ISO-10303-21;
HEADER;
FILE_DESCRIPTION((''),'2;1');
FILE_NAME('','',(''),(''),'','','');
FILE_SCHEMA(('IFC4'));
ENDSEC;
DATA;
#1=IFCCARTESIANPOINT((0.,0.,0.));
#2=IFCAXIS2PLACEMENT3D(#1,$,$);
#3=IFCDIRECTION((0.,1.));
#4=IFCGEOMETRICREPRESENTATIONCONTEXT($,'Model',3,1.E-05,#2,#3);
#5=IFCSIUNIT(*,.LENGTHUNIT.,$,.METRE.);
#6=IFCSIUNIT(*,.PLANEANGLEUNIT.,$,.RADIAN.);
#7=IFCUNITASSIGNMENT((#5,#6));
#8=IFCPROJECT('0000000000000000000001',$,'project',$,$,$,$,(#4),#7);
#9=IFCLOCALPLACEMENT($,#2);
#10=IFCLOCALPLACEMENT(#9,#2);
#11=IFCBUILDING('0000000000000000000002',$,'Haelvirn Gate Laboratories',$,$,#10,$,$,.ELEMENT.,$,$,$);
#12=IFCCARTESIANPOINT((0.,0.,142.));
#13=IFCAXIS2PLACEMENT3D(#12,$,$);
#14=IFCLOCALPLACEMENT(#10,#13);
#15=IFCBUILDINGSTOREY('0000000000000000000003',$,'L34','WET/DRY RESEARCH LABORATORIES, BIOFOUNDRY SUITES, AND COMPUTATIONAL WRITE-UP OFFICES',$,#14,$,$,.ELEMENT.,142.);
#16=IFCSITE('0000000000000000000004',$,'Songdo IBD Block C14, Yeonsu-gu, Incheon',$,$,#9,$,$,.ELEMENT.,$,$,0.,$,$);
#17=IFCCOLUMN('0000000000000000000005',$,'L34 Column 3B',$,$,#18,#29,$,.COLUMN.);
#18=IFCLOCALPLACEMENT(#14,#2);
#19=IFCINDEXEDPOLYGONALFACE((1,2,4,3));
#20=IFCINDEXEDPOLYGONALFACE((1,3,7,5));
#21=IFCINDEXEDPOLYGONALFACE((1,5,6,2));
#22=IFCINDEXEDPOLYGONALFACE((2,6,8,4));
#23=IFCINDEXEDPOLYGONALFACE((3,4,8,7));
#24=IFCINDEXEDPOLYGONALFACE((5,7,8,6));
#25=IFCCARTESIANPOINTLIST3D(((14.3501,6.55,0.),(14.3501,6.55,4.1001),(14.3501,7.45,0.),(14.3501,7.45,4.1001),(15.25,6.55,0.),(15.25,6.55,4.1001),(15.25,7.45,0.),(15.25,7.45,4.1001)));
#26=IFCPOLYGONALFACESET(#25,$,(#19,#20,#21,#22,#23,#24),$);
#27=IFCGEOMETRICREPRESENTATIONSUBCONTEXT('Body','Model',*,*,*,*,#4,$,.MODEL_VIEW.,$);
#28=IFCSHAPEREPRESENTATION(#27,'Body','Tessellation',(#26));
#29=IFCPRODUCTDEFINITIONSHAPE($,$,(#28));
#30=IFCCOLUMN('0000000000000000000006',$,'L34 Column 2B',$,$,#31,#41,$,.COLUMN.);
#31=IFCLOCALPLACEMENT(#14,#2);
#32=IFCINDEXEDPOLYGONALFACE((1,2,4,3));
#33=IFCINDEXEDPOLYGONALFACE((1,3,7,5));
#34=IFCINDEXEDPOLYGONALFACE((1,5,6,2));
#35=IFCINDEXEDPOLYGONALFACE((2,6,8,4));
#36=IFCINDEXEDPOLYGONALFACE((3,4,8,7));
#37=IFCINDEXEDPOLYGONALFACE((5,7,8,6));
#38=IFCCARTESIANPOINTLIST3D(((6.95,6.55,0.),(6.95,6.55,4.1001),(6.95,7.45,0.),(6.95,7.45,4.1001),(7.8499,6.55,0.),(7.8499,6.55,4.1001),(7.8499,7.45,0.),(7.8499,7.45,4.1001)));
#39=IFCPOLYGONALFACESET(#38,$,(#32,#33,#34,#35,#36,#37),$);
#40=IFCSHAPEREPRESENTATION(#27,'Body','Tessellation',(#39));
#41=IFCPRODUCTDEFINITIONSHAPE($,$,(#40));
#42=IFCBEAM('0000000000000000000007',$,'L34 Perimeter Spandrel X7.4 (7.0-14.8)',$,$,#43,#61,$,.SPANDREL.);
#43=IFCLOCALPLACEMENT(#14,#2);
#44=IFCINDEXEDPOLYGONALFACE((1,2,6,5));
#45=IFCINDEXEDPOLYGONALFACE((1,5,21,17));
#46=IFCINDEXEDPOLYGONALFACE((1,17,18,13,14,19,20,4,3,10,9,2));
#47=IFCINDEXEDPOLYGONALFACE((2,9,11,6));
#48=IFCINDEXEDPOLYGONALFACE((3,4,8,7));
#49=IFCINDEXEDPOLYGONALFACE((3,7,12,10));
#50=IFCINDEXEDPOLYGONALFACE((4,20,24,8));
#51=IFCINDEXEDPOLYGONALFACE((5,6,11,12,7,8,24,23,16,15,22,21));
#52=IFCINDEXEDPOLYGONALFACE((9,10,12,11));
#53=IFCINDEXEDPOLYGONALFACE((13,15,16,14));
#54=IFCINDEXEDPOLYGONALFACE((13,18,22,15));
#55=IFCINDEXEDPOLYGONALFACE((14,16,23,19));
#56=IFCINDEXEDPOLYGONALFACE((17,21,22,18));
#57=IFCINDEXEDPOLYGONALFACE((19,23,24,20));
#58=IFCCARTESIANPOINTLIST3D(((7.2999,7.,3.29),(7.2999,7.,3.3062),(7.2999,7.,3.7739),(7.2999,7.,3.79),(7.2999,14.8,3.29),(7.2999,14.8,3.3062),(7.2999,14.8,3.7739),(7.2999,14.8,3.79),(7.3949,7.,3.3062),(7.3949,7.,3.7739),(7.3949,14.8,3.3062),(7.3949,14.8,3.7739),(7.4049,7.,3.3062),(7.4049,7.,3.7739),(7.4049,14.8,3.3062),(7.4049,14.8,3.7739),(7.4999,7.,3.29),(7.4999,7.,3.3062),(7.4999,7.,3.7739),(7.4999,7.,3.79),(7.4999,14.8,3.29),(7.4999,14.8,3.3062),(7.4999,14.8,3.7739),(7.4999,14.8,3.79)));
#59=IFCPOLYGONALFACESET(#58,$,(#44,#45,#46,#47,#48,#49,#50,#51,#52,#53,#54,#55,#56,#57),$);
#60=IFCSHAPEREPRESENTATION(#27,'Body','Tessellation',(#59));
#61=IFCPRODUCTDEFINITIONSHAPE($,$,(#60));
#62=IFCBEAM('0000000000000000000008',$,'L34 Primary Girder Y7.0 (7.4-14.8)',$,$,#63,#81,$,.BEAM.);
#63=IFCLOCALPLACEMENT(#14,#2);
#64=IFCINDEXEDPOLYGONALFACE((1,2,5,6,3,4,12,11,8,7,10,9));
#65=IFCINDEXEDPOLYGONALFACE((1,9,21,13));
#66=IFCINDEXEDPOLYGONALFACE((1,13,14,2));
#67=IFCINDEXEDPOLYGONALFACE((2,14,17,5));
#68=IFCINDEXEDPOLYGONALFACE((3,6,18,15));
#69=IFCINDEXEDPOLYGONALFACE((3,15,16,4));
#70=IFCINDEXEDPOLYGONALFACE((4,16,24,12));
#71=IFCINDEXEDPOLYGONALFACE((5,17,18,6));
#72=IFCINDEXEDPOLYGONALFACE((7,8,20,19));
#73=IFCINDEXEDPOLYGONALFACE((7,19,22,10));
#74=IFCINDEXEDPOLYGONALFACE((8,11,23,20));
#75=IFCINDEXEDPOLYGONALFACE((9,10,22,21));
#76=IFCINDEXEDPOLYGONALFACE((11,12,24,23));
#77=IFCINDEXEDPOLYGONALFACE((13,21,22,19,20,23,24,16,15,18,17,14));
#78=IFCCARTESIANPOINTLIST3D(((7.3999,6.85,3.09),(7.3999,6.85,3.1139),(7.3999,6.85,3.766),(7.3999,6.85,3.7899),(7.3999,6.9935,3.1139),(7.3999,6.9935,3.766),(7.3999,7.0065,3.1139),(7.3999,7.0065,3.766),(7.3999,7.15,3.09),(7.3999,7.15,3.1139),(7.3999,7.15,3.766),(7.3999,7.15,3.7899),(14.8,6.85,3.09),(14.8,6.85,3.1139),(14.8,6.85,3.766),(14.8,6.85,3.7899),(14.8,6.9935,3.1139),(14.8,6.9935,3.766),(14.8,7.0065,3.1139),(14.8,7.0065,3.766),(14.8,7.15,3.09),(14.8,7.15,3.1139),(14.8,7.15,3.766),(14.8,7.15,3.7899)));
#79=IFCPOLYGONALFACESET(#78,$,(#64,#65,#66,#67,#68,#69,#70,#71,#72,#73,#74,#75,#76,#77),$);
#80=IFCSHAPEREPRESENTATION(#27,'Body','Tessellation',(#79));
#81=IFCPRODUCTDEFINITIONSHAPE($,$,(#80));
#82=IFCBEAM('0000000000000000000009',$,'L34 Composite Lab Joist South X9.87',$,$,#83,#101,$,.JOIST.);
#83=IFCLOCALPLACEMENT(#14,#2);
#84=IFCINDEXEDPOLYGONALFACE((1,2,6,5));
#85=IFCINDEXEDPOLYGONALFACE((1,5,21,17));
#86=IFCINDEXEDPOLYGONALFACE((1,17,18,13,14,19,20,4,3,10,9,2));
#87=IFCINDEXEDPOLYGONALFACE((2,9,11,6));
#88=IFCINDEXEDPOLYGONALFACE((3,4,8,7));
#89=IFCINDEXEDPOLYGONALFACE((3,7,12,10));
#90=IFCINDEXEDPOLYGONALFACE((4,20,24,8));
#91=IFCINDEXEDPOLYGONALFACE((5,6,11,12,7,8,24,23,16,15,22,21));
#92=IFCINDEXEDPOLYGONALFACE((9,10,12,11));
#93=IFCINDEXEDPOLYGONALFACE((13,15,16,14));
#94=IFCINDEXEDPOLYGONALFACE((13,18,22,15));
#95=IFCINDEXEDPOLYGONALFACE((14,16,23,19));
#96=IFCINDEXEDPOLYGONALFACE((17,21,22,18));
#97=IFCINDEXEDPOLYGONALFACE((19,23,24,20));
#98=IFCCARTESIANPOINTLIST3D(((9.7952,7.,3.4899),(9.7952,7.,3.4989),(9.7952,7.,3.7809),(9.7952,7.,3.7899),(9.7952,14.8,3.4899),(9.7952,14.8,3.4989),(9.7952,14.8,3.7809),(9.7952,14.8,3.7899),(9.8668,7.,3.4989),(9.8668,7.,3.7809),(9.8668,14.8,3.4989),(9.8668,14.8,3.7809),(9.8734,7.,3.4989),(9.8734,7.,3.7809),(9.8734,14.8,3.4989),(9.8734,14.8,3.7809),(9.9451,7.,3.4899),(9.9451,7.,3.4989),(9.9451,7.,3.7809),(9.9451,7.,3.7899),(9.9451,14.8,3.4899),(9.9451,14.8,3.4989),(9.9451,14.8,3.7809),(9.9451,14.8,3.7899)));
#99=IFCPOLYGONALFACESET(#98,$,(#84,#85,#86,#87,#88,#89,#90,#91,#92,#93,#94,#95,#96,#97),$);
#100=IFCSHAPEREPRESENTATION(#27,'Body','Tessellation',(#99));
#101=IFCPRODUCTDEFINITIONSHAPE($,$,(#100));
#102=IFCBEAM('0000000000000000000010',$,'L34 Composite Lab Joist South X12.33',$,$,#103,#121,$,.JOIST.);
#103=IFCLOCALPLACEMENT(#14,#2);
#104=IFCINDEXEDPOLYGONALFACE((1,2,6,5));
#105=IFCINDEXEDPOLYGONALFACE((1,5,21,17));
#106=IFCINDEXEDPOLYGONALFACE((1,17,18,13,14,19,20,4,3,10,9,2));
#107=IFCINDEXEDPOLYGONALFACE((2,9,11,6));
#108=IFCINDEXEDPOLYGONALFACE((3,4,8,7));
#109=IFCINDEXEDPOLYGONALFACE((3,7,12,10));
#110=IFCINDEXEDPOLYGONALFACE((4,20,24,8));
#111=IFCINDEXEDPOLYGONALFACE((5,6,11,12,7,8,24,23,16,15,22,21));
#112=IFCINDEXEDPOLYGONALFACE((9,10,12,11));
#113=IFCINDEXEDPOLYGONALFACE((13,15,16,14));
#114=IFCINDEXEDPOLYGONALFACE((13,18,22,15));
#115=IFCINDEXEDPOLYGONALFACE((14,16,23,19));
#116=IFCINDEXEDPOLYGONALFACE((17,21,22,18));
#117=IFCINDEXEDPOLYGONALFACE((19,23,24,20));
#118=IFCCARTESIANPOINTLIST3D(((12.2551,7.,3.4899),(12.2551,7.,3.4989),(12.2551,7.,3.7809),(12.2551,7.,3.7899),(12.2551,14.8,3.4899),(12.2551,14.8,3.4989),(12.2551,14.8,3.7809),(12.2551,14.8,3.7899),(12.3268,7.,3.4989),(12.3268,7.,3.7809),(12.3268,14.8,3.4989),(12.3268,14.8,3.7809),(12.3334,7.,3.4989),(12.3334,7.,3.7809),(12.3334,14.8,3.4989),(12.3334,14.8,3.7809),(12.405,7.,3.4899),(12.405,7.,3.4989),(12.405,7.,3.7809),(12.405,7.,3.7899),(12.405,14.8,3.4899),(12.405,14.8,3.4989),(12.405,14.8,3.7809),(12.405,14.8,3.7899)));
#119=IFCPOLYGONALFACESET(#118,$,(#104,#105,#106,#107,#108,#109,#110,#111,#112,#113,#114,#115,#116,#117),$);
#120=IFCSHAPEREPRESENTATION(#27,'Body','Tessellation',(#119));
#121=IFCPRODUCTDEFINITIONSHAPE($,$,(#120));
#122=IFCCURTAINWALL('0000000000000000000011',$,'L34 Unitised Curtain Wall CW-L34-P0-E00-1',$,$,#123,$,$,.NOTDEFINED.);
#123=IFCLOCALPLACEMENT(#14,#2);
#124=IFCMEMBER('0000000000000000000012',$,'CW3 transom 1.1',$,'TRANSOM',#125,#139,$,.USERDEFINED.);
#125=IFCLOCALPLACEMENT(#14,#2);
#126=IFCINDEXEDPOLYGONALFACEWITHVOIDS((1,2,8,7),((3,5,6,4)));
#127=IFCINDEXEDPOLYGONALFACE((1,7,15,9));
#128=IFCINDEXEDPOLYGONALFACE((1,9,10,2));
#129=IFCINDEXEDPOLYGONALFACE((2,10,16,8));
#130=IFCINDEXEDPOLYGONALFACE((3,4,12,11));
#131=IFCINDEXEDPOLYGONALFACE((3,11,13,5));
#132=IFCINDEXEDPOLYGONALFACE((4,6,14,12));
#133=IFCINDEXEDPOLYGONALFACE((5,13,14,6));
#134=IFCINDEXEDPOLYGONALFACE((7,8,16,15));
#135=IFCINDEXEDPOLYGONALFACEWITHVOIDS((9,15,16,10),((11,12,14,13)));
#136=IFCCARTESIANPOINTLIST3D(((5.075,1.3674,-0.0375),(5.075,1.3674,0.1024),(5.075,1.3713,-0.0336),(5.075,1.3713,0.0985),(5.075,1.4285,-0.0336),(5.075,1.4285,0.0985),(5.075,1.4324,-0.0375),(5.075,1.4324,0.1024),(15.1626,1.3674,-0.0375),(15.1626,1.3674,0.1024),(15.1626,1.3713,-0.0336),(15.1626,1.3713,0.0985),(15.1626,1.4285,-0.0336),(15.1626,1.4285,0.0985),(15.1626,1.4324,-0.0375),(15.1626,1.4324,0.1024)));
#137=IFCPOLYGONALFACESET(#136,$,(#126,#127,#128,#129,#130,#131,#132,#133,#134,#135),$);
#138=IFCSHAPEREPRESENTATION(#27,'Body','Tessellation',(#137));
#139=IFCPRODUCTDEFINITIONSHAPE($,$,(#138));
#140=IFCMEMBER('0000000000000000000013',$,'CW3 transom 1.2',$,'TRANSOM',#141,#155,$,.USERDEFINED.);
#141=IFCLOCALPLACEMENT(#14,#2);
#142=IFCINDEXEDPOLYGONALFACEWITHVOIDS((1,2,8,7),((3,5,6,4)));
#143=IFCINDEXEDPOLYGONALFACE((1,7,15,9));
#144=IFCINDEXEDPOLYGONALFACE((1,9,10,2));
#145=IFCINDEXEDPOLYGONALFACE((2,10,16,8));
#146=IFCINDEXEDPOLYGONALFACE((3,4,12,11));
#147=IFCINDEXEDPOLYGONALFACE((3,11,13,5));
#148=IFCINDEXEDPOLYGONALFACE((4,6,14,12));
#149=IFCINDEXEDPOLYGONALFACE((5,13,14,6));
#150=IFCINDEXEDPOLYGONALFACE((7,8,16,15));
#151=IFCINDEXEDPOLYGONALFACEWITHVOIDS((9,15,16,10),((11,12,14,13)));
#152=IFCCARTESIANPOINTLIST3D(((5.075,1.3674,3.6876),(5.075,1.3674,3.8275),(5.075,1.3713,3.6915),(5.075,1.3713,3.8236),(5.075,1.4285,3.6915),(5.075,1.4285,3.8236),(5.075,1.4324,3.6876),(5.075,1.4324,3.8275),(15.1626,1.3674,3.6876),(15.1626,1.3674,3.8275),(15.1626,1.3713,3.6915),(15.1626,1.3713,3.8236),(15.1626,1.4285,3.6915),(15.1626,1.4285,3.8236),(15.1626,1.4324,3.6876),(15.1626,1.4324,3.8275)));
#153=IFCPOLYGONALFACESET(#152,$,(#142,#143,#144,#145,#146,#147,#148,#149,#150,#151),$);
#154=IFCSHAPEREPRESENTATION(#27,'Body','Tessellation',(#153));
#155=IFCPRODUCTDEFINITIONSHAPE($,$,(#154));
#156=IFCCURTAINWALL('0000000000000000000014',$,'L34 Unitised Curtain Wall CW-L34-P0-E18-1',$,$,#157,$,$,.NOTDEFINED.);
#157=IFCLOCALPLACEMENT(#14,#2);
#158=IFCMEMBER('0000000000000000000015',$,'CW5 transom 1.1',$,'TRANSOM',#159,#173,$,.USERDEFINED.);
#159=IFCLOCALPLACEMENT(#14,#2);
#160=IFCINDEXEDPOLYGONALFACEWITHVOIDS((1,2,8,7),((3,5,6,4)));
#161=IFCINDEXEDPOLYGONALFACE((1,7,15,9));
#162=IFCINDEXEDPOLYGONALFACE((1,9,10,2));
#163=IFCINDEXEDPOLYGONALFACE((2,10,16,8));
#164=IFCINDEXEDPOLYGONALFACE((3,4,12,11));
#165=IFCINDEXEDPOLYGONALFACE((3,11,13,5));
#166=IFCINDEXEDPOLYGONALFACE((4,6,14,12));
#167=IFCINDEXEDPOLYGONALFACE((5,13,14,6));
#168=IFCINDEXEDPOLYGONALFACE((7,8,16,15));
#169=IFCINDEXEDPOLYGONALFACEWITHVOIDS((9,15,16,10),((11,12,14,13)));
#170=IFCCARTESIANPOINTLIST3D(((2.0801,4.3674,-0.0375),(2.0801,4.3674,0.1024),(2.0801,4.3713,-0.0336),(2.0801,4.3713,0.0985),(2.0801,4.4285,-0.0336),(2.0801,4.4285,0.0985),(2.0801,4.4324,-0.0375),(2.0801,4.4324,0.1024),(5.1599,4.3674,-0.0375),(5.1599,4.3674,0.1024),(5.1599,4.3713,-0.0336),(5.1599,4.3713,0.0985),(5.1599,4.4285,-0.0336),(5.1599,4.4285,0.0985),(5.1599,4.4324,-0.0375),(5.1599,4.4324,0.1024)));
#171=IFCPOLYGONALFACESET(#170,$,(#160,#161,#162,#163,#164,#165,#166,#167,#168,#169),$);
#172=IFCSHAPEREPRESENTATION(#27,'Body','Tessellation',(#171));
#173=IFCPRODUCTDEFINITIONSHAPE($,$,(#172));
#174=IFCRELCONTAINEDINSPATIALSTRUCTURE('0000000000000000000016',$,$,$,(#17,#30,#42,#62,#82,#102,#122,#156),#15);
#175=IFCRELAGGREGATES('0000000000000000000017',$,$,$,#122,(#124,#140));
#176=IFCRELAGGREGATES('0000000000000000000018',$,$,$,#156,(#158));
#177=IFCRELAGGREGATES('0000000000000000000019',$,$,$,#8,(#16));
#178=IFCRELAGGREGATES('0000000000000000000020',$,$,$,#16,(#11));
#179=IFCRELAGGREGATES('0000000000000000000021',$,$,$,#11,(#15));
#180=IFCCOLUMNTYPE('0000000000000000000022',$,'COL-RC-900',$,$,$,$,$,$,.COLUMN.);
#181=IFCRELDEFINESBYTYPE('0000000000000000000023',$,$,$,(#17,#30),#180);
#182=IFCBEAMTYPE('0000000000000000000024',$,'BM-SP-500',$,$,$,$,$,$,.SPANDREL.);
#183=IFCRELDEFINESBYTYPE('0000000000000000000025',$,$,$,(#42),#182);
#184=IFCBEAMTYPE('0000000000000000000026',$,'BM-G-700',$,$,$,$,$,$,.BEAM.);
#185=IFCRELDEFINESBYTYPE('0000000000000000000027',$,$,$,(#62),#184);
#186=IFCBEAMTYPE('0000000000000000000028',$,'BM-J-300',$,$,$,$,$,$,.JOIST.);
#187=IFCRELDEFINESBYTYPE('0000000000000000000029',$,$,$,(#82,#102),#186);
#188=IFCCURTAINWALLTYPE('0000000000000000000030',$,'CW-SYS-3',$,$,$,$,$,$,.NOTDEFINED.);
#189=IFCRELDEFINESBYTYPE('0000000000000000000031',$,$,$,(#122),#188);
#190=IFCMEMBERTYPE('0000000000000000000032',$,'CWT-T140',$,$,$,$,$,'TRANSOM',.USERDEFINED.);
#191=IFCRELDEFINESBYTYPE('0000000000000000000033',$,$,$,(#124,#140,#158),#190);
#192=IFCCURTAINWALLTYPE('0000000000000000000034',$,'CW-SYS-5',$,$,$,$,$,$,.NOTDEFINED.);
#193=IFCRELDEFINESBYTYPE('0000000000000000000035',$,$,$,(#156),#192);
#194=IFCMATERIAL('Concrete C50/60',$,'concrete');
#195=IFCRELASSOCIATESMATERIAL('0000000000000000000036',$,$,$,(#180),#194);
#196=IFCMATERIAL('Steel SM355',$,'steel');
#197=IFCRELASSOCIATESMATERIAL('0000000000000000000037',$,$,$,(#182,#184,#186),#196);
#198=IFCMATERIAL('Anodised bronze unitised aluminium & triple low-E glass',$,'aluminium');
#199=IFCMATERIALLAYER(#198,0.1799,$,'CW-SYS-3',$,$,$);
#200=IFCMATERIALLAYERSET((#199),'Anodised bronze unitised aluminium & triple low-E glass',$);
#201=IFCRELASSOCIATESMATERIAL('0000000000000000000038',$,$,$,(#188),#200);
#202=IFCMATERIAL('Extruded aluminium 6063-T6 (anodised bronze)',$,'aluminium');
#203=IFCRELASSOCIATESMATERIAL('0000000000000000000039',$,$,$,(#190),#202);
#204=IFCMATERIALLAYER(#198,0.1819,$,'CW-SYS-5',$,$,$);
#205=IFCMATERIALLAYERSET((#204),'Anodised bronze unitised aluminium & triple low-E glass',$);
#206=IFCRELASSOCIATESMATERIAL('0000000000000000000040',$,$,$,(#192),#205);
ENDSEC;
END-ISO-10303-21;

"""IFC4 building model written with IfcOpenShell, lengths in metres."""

from ifc_helpers import new_model, si_unit, direction, frame, origin, origin_2d, place, context, subcontext, project, spatial, rectangle, hollow_rectangle, i_section, extrude, source, transform, mapped, material, layer, layer_set, material_profile, profile_set, type_object, type_shapes, element, aggregate, save


model = new_model("IFC4")

# Units and contexts
model_context = context("Model", 3, precision=1e-05, world=origin(), true_north=direction((0.0, 1.0)))
body_context = subcontext(model_context, "Body", "Model", "MODEL_VIEW")
ifc_project = project(units=[si_unit("LENGTHUNIT", "METRE"), si_unit("PLANEANGLEUNIT", "RADIAN")], contexts=[model_context])

# Site, building, storey
site_placement = place(None, origin())
site = spatial("IfcSite", under=ifc_project, at=site_placement, Name="Songdo IBD Block C14, Yeonsu-gu, Incheon", CompositionType="ELEMENT", RefElevation=0.0)
building_placement = place(site_placement, origin())
building = spatial("IfcBuilding", under=site, at=building_placement, Name="Haelvirn Gate Laboratories", CompositionType="ELEMENT")
storey_placement = place(building_placement, frame((0.0, 0.0, 142.0)))
storey = spatial("IfcBuildingStorey", under=building, at=storey_placement, Name="L34", Description="WET/DRY RESEARCH LABORATORIES, BIOFOUNDRY SUITES, AND COMPUTATIONAL WRITE-UP OFFICES", CompositionType="ELEMENT", Elevation=142.0)

# Columns
ifc_material_1 = material(Name="Concrete C50/60", Category="concrete")
ifc_material_profile_1 = material_profile(ifc_material_1, rectangle(XDim=0.8999, YDim=0.8999, at=origin_2d()), Name="RC-900x900")
ifc_profile_set_1 = profile_set([ifc_material_profile_1], Name="Concrete C50/60")
column_type = type_object("IfcColumnType", Name="COL-RC-900", PredefinedType="COLUMN", material=ifc_profile_set_1)
shared_shape_1 = source(origin(), body_context, "Body", "SweptSolid", [
    extrude(rectangle(XDim=0.8999, YDim=0.8999, at=origin_2d()), origin(), (0.0, 0.0, 1.0), 4.1001),
])
type_shapes(column_type, [shared_shape_1])
for number, where, z_axis, x_axis, name in (
    (1, (14.8, 7.0, 0.0), (0.0, 0.0, 1.0), (1.0, 0.0, 0.0), "L34 Column 3B"),
    (2, (7.3999, 7.0, 0.0), (0.0, 0.0, 1.0), (1.0, 0.0, 0.0), "L34 Column 2B"),
):
    element("IfcColumn", number, at=place(storey_placement, frame(where, z_axis=z_axis, x_axis=x_axis)), inside=storey, type_object=column_type, Name=name, PredefinedType="COLUMN", context=body_context, shape_type="MappedRepresentation", body=[
        mapped(shared_shape_1, transform((0.0, 0.0, 0.0), scale=1.0)),
    ])

# Beams
ifc_material_2 = material(Name="Steel SM355", Category="steel")
ifc_material_profile_2 = material_profile(ifc_material_2, i_section(OverallWidth=0.2, OverallDepth=0.5, WebThickness=0.01, FlangeThickness=0.0161, at=origin_2d()), Name="H-500x200x10x16")
ifc_profile_set_2 = profile_set([ifc_material_profile_2], Name="Steel SM355")
beam_type_1 = type_object("IfcBeamType", Name="BM-SP-500", PredefinedType="SPANDREL", material=ifc_profile_set_2)
shared_shape_2 = source(origin(), body_context, "Body", "SweptSolid", [
    extrude(i_section(OverallWidth=0.2, OverallDepth=0.5, WebThickness=0.01, FlangeThickness=0.0161, at=origin_2d()), origin(), (0.0, 0.0, 1.0), 7.8),
])
type_shapes(beam_type_1, [shared_shape_2])
beam_1_placement = place(storey_placement, frame((7.3999, 7.0, 3.54), z_axis=(0.0, 1.0, 0.0), x_axis=(-1.0, 0.0, 0.0)))
element("IfcBeam", 3, at=beam_1_placement, inside=storey, type_object=beam_type_1, Name="L34 Perimeter Spandrel X7.4 (7.0-14.8)", PredefinedType="SPANDREL", context=body_context, shape_type="MappedRepresentation", body=[
    mapped(shared_shape_2, transform((0.0, 0.0, 0.0), scale=1.0)),
])
ifc_material_profile_3 = material_profile(ifc_material_2, i_section(OverallWidth=0.3, OverallDepth=0.7, WebThickness=0.0129, FlangeThickness=0.0239, at=origin_2d()), Name="H-700x300x13x24")
ifc_profile_set_3 = profile_set([ifc_material_profile_3], Name="Steel SM355")
beam_type_2 = type_object("IfcBeamType", Name="BM-G-700", PredefinedType="BEAM", material=ifc_profile_set_3)
shared_shape_3 = source(origin(), body_context, "Body", "SweptSolid", [
    extrude(i_section(OverallWidth=0.3, OverallDepth=0.7, WebThickness=0.0129, FlangeThickness=0.0239, at=origin_2d()), origin(), (0.0, 0.0, 1.0), 7.4001),
])
type_shapes(beam_type_2, [shared_shape_3])
beam_2_placement = place(storey_placement, frame((7.3999, 7.0, 3.4399), z_axis=(1.0, 0.0, 0.0), x_axis=(0.0, 1.0, 0.0)))
element("IfcBeam", 4, at=beam_2_placement, inside=storey, type_object=beam_type_2, Name="L34 Primary Girder Y7.0 (7.4-14.8)", PredefinedType="BEAM", context=body_context, shape_type="MappedRepresentation", body=[
    mapped(shared_shape_3, transform((0.0, 0.0, 0.0), scale=1.0)),
])
ifc_material_profile_4 = material_profile(ifc_material_2, i_section(OverallWidth=0.1499, OverallDepth=0.3, WebThickness=0.0066, FlangeThickness=0.009, at=origin_2d()), Name="H-300x150x6.5x9")
ifc_profile_set_4 = profile_set([ifc_material_profile_4], Name="Steel SM355")
beam_type_3 = type_object("IfcBeamType", Name="BM-J-300", PredefinedType="JOIST", material=ifc_profile_set_4)
shared_shape_4 = source(origin(), body_context, "Body", "SweptSolid", [
    extrude(i_section(OverallWidth=0.1499, OverallDepth=0.3, WebThickness=0.0066, FlangeThickness=0.009, at=origin_2d()), origin(), (0.0, 0.0, 1.0), 7.8),
])
type_shapes(beam_type_3, [shared_shape_4])
for number, where, z_axis, x_axis, name in (
    (5, (9.8701, 7.0, 3.6399), (0.0, 1.0, 0.0), (-1.0, 0.0, 0.0), "L34 Composite Lab Joist South X9.87"),
    (6, (12.3301, 7.0, 3.6399), (0.0, 1.0, 0.0), (-1.0, 0.0, 0.0), "L34 Composite Lab Joist South X12.33"),
):
    element("IfcBeam", number, at=place(storey_placement, frame(where, z_axis=z_axis, x_axis=x_axis)), inside=storey, type_object=beam_type_3, Name=name, PredefinedType="JOIST", context=body_context, shape_type="MappedRepresentation", body=[
        mapped(shared_shape_4, transform((0.0, 0.0, 0.0), scale=1.0)),
    ])

# Curtain walls, members
ifc_material_3 = material(Name="Anodised bronze unitised aluminium & triple low-E glass", Category="aluminium")
ifc_layer_1 = layer(ifc_material_3, 0.1799, Name="CW-SYS-3")
ifc_layer_set_1 = layer_set([ifc_layer_1], Name="Anodised bronze unitised aluminium & triple low-E glass")
curtain_wall_type_1 = type_object("IfcCurtainWallType", Name="CW-SYS-3", PredefinedType="NOTDEFINED", material=ifc_layer_set_1)
curtain_wall_1_placement = place(storey_placement, origin())
curtain_wall_1 = element("IfcCurtainWall", 7, at=curtain_wall_1_placement, inside=storey, type_object=curtain_wall_type_1, Name="L34 Unitised Curtain Wall CW-L34-P0-E00-1", PredefinedType="NOTDEFINED")
ifc_material_4 = material(Name="Extruded aluminium 6063-T6 (anodised bronze)", Category="aluminium")
ifc_material_profile_5 = material_profile(ifc_material_4, hollow_rectangle(XDim=0.0649, YDim=0.1399, WallThickness=0.0039, at=origin_2d()), Name="CWT-140x65x4")
ifc_profile_set_5 = profile_set([ifc_material_profile_5], Name="Extruded aluminium 6063-T6 (anodised bronze)")
member_type_1 = type_object("IfcMemberType", Name="CWT-T140", ElementType="TRANSOM", PredefinedType="USERDEFINED", material=ifc_profile_set_5)
shared_shape_5 = source(origin(), body_context, "Body", "SweptSolid", [
    extrude(hollow_rectangle(XDim=0.0649, YDim=0.1399, WallThickness=0.0039, at=origin_2d()), origin(), (0.0, 0.0, 1.0), 10.0876),
])
member_1_placement = place(storey_placement, frame((5.075, 1.3999, 0.0325), z_axis=(1.0, 0.0, 0.0), x_axis=(0.0, 1.0, 0.0)))
member_1 = element("IfcMember", 8, at=member_1_placement, type_object=member_type_1, Name="CW3 transom 1.1", ObjectType="TRANSOM", PredefinedType="USERDEFINED", context=body_context, shape_type="MappedRepresentation", body=[
    mapped(shared_shape_5, transform((0.0, 0.0, 0.0), scale=1.0)),
])
member_2_placement = place(storey_placement, frame((5.075, 1.3999, 3.7576), z_axis=(1.0, 0.0, 0.0), x_axis=(0.0, 1.0, 0.0)))
member_2 = element("IfcMember", 9, at=member_2_placement, type_object=member_type_1, Name="CW3 transom 1.2", ObjectType="TRANSOM", PredefinedType="USERDEFINED", context=body_context, shape_type="MappedRepresentation", body=[
    mapped(shared_shape_5, transform((0.0, 0.0, 0.0), scale=1.0)),
])
ifc_layer_2 = layer(ifc_material_3, 0.1819, Name="CW-SYS-5")
ifc_layer_set_2 = layer_set([ifc_layer_2], Name="Anodised bronze unitised aluminium & triple low-E glass")
curtain_wall_type_2 = type_object("IfcCurtainWallType", Name="CW-SYS-5", PredefinedType="NOTDEFINED", material=ifc_layer_set_2)
curtain_wall_2_placement = place(storey_placement, origin())
curtain_wall_2 = element("IfcCurtainWall", 10, at=curtain_wall_2_placement, inside=storey, type_object=curtain_wall_type_2, Name="L34 Unitised Curtain Wall CW-L34-P0-E18-1", PredefinedType="NOTDEFINED")
shared_shape_6 = source(origin(), body_context, "Body", "SweptSolid", [
    extrude(hollow_rectangle(XDim=0.0649, YDim=0.1399, WallThickness=0.0039, at=origin_2d()), origin(), (0.0, 0.0, 1.0), 3.0798),
])
type_shapes(member_type_1, [shared_shape_5, shared_shape_6])
member_3_placement = place(storey_placement, frame((2.0801, 4.3999, 0.0325), z_axis=(1.0, 0.0, 0.0), x_axis=(0.0, 1.0, 0.0)))
member_3 = element("IfcMember", 11, at=member_3_placement, type_object=member_type_1, Name="CW5 transom 1.1", ObjectType="TRANSOM", PredefinedType="USERDEFINED", context=body_context, shape_type="MappedRepresentation", body=[
    mapped(shared_shape_6, transform((0.0, 0.0, 0.0), scale=1.0)),
])

aggregate(curtain_wall_1, [member_1, member_2])
aggregate(curtain_wall_2, [member_3])

save(model, "model.ifc")
